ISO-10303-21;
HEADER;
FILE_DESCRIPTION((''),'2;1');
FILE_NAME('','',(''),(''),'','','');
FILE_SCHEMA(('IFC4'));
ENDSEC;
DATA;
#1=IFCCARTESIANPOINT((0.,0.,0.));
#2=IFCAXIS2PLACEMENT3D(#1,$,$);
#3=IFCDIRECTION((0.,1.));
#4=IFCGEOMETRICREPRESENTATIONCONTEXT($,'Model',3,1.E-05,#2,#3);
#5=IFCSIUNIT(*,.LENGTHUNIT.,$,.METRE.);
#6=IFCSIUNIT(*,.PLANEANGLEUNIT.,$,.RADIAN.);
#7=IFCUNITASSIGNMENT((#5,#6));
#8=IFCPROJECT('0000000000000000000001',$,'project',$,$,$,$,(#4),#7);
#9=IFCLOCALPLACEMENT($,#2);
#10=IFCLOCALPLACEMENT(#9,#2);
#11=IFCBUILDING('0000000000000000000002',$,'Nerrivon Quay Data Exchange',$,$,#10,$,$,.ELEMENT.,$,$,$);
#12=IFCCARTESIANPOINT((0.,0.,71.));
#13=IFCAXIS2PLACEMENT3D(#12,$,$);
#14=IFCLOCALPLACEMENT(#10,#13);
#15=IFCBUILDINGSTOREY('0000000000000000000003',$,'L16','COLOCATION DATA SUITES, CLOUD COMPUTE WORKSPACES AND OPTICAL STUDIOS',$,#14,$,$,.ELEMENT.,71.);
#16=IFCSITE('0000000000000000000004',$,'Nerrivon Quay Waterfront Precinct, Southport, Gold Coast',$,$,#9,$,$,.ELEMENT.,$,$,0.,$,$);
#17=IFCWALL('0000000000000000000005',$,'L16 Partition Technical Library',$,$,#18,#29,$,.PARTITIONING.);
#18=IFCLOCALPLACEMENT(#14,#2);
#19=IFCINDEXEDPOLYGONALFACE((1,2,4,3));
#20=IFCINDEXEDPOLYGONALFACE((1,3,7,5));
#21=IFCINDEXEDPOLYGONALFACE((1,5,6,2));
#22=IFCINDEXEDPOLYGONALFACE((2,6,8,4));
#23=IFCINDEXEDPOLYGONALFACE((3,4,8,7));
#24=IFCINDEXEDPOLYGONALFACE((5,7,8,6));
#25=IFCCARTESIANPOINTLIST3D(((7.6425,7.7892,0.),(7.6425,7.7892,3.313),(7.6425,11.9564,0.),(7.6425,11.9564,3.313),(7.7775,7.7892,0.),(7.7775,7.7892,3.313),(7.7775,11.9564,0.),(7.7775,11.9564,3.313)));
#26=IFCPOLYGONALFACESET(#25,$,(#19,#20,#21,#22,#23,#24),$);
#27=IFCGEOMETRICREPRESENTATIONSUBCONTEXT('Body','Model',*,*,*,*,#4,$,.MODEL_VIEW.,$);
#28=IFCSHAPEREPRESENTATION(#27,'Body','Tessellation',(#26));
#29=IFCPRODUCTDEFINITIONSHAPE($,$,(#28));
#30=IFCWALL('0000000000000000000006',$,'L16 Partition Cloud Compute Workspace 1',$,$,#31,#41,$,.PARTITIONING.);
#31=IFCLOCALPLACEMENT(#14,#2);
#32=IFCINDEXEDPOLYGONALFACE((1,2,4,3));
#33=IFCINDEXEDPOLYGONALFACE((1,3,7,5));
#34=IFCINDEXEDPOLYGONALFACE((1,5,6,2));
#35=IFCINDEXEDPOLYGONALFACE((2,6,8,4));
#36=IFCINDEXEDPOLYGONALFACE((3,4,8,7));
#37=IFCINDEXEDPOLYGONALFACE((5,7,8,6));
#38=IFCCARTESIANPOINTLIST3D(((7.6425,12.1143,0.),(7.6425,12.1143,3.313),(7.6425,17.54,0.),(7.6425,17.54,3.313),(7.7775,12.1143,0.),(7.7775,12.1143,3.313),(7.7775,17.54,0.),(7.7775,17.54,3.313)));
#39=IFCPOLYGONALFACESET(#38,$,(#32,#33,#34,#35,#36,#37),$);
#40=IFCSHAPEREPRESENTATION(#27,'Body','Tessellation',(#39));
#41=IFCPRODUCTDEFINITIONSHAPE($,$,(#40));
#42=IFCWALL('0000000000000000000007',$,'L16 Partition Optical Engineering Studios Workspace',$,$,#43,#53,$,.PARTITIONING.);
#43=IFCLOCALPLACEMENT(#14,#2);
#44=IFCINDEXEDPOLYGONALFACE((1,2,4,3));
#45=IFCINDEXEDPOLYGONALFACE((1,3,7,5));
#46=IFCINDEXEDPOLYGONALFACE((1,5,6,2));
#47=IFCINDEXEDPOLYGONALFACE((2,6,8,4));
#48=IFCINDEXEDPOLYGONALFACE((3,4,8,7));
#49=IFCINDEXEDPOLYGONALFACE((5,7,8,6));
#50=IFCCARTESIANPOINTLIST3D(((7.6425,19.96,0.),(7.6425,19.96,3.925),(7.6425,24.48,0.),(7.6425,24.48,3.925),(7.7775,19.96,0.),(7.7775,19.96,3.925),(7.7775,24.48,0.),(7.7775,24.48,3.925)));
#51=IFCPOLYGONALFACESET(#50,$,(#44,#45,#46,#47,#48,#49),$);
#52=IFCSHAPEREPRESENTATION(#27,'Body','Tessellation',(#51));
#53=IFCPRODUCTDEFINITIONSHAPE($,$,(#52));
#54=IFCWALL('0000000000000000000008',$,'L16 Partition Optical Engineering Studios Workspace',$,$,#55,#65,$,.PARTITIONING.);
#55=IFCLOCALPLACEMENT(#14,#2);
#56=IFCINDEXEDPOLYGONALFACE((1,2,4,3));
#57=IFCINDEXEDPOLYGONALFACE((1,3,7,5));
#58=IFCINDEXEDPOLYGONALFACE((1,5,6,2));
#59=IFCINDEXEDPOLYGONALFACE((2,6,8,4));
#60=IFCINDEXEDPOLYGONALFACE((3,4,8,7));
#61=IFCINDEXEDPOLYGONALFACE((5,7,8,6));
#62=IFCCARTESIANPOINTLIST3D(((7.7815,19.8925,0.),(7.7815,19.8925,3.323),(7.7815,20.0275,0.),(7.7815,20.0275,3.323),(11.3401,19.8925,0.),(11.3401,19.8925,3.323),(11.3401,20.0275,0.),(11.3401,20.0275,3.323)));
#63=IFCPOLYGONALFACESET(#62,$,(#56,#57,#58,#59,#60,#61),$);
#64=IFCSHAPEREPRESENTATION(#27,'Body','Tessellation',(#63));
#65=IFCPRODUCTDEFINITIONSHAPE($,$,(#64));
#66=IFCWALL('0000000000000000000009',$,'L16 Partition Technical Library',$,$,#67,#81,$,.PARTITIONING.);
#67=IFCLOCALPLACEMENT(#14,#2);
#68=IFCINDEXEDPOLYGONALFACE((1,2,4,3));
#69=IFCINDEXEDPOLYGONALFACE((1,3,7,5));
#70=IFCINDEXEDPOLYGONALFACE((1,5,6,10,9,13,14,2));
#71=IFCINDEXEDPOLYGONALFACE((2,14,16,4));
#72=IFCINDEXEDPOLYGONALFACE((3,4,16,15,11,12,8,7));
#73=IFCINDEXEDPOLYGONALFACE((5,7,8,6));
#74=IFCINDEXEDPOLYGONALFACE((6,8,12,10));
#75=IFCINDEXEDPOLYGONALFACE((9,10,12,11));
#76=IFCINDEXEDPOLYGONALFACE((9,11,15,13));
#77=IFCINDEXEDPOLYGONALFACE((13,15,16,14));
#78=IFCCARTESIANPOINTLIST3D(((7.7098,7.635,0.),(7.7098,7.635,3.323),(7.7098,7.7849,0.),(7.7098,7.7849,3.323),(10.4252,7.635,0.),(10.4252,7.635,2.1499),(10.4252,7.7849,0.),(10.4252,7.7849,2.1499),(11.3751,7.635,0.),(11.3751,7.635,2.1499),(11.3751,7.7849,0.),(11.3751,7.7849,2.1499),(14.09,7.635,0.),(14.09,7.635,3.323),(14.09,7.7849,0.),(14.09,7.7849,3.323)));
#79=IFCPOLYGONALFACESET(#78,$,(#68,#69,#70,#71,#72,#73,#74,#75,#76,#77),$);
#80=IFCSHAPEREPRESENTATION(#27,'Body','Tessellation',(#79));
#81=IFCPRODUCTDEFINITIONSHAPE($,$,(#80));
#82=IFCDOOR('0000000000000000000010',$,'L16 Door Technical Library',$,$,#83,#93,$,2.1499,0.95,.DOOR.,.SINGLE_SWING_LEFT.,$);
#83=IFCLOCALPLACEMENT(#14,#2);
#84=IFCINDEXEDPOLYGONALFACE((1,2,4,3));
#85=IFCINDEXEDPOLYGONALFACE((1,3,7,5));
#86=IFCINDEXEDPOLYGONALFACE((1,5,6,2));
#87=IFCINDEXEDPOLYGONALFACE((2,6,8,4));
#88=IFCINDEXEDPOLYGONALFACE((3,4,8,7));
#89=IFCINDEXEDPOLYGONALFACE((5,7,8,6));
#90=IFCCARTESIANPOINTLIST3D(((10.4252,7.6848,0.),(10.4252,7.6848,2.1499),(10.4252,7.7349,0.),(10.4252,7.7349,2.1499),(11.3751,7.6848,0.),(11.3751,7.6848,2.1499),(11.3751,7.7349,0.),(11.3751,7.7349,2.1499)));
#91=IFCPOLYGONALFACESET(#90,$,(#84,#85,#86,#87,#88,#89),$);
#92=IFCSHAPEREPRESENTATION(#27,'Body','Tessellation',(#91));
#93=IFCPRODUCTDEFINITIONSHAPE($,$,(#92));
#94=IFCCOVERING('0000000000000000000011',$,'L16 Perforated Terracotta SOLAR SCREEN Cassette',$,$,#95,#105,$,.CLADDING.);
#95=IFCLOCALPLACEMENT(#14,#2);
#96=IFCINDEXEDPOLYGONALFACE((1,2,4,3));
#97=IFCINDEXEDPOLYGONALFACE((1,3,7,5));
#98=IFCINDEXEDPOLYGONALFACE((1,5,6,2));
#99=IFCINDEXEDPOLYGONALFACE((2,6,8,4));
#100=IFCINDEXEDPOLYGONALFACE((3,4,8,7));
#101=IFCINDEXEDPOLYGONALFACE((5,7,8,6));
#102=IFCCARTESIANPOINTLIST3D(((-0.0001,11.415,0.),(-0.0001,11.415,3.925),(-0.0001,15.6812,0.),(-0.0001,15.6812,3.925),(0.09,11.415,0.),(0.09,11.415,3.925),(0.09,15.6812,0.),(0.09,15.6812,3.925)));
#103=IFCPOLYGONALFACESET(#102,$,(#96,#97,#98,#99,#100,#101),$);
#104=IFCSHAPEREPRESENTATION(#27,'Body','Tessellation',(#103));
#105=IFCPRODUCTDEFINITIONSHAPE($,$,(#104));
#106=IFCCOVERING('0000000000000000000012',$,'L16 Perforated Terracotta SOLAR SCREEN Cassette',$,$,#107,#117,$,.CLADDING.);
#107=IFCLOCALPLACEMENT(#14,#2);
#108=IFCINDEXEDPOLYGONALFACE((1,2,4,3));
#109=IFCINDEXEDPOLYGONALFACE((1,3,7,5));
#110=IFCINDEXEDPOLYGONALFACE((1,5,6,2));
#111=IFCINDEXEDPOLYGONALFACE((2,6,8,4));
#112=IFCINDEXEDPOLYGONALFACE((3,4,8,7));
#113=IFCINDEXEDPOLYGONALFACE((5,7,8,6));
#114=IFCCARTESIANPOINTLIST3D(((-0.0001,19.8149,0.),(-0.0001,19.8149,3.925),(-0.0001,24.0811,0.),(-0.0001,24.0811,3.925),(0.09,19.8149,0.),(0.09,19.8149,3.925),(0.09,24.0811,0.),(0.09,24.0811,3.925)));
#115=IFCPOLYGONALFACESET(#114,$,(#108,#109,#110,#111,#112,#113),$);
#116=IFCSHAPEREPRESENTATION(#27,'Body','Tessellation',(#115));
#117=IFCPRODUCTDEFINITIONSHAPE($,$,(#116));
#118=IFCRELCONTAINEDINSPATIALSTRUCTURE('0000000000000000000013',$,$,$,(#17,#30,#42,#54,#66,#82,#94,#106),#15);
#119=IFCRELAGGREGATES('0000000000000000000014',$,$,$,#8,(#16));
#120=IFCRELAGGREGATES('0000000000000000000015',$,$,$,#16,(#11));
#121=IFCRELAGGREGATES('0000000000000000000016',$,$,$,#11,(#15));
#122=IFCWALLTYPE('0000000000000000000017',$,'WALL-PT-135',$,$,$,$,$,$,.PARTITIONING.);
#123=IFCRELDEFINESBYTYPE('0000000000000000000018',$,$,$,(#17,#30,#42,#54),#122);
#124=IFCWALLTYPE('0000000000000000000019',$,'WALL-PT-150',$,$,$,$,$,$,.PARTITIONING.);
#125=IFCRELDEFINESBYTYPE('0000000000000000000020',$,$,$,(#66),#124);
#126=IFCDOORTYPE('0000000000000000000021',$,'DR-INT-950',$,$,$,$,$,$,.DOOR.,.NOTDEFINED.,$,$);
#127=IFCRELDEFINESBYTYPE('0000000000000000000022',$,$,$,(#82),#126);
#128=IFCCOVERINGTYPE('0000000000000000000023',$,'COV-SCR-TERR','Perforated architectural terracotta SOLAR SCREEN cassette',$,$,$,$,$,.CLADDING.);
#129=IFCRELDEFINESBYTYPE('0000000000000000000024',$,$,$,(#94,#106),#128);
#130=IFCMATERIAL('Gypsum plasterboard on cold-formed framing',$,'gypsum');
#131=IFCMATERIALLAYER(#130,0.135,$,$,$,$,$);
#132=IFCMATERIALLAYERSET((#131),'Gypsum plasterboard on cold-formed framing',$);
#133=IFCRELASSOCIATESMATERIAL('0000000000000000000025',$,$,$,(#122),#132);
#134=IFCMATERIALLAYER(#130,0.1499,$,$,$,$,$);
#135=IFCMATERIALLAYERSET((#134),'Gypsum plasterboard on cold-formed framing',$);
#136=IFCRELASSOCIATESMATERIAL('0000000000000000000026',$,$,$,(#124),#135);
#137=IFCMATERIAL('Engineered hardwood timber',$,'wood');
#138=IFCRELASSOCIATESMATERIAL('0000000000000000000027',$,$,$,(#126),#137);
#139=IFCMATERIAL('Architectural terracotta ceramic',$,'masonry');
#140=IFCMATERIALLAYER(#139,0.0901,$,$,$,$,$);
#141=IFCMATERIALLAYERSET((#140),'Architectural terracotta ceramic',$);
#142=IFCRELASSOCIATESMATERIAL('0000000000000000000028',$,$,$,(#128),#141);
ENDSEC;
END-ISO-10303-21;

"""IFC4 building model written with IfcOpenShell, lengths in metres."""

from ifc_helpers import new_model, si_unit, direction, frame, frame_2d, origin, origin_2d, place, context, subcontext, project, spatial, rectangle, extrude, material, layer, layer_set, type_object, element, fill, save


model = new_model("IFC4")

# Units and contexts
model_context = context("Model", 3, precision=1e-05, world=origin(), true_north=direction((0.0, 1.0)))
body_context = subcontext(model_context, "Body", "Model", "MODEL_VIEW")
ifc_project = project(units=[si_unit("LENGTHUNIT", "METRE"), si_unit("PLANEANGLEUNIT", "RADIAN")], contexts=[model_context])

# Site, building, storey
site_placement = place(None, origin())
site = spatial("IfcSite", under=ifc_project, at=site_placement, Name="Nerrivon Quay Waterfront Precinct, Southport, Gold Coast", CompositionType="ELEMENT", RefElevation=0.0)
building_placement = place(site_placement, origin())
building = spatial("IfcBuilding", under=site, at=building_placement, Name="Nerrivon Quay Data Exchange", CompositionType="ELEMENT")
storey_placement = place(building_placement, frame((0.0, 0.0, 71.0)))
storey = spatial("IfcBuildingStorey", under=building, at=storey_placement, Name="L16", Description="COLOCATION DATA SUITES, CLOUD COMPUTE WORKSPACES AND OPTICAL STUDIOS", CompositionType="ELEMENT", Elevation=71.0)

# Walls
ifc_material_1 = material(Name="Gypsum plasterboard on cold-formed framing", Category="gypsum")
ifc_layer_1 = layer(ifc_material_1, 0.135)
ifc_layer_set_1 = layer_set([ifc_layer_1], Name="Gypsum plasterboard on cold-formed framing")
wall_type_1 = type_object("IfcWallType", Name="WALL-PT-135", PredefinedType="PARTITIONING", material=ifc_layer_set_1)
wall_1_placement = place(storey_placement, frame((7.71, 11.9563, 0.0), z_axis=(0.0, 0.0, 1.0), x_axis=(0.0, -1.0, 0.0)))
element("IfcWall", 1, at=wall_1_placement, inside=storey, type_object=wall_type_1, Name="L16 Partition Technical Library", PredefinedType="PARTITIONING", context=body_context, shape_type="SweptSolid", body=[
    extrude(rectangle(XDim=4.1672, YDim=0.135, at=frame_2d((2.0835, 0.0))), origin(), (0.0, 0.0, 1.0), 3.313),
])
wall_2_placement = place(storey_placement, frame((7.71, 17.54, 0.0), z_axis=(0.0, 0.0, 1.0), x_axis=(0.0, -1.0, 0.0)))
element("IfcWall", 2, at=wall_2_placement, inside=storey, type_object=wall_type_1, Name="L16 Partition Cloud Compute Workspace 1", PredefinedType="PARTITIONING", context=body_context, shape_type="SweptSolid", body=[
    extrude(rectangle(XDim=5.4258, YDim=0.135, at=frame_2d((2.7129, 0.0))), origin(), (0.0, 0.0, 1.0), 3.313),
])
wall_3_placement = place(storey_placement, frame((7.71, 24.48, 0.0), z_axis=(0.0, 0.0, 1.0), x_axis=(0.0, -1.0, 0.0)))
element("IfcWall", 3, at=wall_3_placement, inside=storey, type_object=wall_type_1, Name="L16 Partition Optical Engineering Studios Workspace", PredefinedType="PARTITIONING", context=body_context, shape_type="SweptSolid", body=[
    extrude(rectangle(XDim=4.52, YDim=0.135, at=frame_2d((2.26, 0.0))), origin(), (0.0, 0.0, 1.0), 3.925),
])
wall_4_placement = place(storey_placement, frame((7.7815, 19.96, 0.0), z_axis=(0.0, 0.0, 1.0), x_axis=(1.0, 0.0, 0.0)))
element("IfcWall", 4, at=wall_4_placement, inside=storey, type_object=wall_type_1, Name="L16 Partition Optical Engineering Studios Workspace", PredefinedType="PARTITIONING", context=body_context, shape_type="SweptSolid", body=[
    extrude(rectangle(XDim=3.5586, YDim=0.135, at=frame_2d((1.7793, 0.0))), origin(), (0.0, 0.0, 1.0), 3.323),
])

# Wall, opening, door
ifc_layer_2 = layer(ifc_material_1, 0.1499)
ifc_layer_set_2 = layer_set([ifc_layer_2], Name="Gypsum plasterboard on cold-formed framing")
wall_type_2 = type_object("IfcWallType", Name="WALL-PT-150", PredefinedType="PARTITIONING", material=ifc_layer_set_2)
wall_5_placement = place(storey_placement, frame((7.71, 7.71, 0.0), z_axis=(0.0, 0.0, 1.0), x_axis=(1.0, 0.0, 0.0)))
wall_5 = element("IfcWall", 5, at=wall_5_placement, inside=storey, type_object=wall_type_2, Name="L16 Partition Technical Library", PredefinedType="PARTITIONING", context=body_context, shape_type="SweptSolid", body=[
    extrude(rectangle(XDim=6.3801, YDim=0.1499, at=frame_2d((3.1899, 0.0))), origin(), (0.0, 0.0, 1.0), 3.323),
])
opening_placement = place(wall_5_placement, frame((2.7151, 0.0, 0.0)))
opening = element("IfcOpeningElement", 6, at=opening_placement, cuts=wall_5, PredefinedType="OPENING", context=body_context, shape_type="SweptSolid", body=[
    extrude(rectangle(XDim=0.95, YDim=2.1499, at=frame_2d((0.4751, 1.075))), frame((0.0, 0.085, 0.0), z_axis=(0.0, -1.0, 0.0), x_axis=(1.0, 0.0, 0.0)), (0.0, 0.0, 1.0), 0.1699),
])
ifc_material_2 = material(Name="Engineered hardwood timber", Category="wood")
door_type = type_object("IfcDoorType", Name="DR-INT-950", OperationType="NOTDEFINED", PredefinedType="DOOR", material=ifc_material_2)
door_placement = place(opening_placement, origin())
door = element("IfcDoor", 7, at=door_placement, inside=storey, type_object=door_type, Name="L16 Door Technical Library", OperationType="SINGLE_SWING_LEFT", OverallHeight=2.1499, OverallWidth=0.95, PredefinedType="DOOR", context=body_context, shape_type="SweptSolid", body=[
    extrude(rectangle(XDim=0.95, YDim=2.1499, at=frame_2d((0.4751, 1.075))), frame((0.0, 0.0249, 0.0), z_axis=(0.0, -1.0, 0.0), x_axis=(1.0, 0.0, 0.0)), (0.0, 0.0, 1.0), 0.05),
])
fill(opening, door)

# Coverings
ifc_material_3 = material(Name="Architectural terracotta ceramic", Category="masonry")
ifc_layer_3 = layer(ifc_material_3, 0.0901)
ifc_layer_set_3 = layer_set([ifc_layer_3], Name="Architectural terracotta ceramic")
covering_type = type_object("IfcCoveringType", Name="COV-SCR-TERR", Description="Perforated architectural terracotta SOLAR SCREEN cassette", PredefinedType="CLADDING", material=ifc_layer_set_3)
for number, where, z_axis, x_axis, name in (
    (8, (0.0449, 13.5481, 0.0), (0.0, 0.0, 1.0), (0.0, 1.0, 0.0), "L16 Perforated Terracotta SOLAR SCREEN Cassette"),
    (9, (0.0449, 21.948, 0.0), (0.0, 0.0, 1.0), (0.0, 1.0, 0.0), "L16 Perforated Terracotta SOLAR SCREEN Cassette"),
):
    element("IfcCovering", number, at=place(storey_placement, frame(where, z_axis=z_axis, x_axis=x_axis)), inside=storey, type_object=covering_type, Name=name, PredefinedType="CLADDING", context=body_context, shape_type="SweptSolid", body=[
        extrude(rectangle(XDim=4.2661, YDim=0.0901, at=origin_2d()), origin(), (0.0, 0.0, 1.0), 3.925),
    ])

save(model, "model.ifc")
